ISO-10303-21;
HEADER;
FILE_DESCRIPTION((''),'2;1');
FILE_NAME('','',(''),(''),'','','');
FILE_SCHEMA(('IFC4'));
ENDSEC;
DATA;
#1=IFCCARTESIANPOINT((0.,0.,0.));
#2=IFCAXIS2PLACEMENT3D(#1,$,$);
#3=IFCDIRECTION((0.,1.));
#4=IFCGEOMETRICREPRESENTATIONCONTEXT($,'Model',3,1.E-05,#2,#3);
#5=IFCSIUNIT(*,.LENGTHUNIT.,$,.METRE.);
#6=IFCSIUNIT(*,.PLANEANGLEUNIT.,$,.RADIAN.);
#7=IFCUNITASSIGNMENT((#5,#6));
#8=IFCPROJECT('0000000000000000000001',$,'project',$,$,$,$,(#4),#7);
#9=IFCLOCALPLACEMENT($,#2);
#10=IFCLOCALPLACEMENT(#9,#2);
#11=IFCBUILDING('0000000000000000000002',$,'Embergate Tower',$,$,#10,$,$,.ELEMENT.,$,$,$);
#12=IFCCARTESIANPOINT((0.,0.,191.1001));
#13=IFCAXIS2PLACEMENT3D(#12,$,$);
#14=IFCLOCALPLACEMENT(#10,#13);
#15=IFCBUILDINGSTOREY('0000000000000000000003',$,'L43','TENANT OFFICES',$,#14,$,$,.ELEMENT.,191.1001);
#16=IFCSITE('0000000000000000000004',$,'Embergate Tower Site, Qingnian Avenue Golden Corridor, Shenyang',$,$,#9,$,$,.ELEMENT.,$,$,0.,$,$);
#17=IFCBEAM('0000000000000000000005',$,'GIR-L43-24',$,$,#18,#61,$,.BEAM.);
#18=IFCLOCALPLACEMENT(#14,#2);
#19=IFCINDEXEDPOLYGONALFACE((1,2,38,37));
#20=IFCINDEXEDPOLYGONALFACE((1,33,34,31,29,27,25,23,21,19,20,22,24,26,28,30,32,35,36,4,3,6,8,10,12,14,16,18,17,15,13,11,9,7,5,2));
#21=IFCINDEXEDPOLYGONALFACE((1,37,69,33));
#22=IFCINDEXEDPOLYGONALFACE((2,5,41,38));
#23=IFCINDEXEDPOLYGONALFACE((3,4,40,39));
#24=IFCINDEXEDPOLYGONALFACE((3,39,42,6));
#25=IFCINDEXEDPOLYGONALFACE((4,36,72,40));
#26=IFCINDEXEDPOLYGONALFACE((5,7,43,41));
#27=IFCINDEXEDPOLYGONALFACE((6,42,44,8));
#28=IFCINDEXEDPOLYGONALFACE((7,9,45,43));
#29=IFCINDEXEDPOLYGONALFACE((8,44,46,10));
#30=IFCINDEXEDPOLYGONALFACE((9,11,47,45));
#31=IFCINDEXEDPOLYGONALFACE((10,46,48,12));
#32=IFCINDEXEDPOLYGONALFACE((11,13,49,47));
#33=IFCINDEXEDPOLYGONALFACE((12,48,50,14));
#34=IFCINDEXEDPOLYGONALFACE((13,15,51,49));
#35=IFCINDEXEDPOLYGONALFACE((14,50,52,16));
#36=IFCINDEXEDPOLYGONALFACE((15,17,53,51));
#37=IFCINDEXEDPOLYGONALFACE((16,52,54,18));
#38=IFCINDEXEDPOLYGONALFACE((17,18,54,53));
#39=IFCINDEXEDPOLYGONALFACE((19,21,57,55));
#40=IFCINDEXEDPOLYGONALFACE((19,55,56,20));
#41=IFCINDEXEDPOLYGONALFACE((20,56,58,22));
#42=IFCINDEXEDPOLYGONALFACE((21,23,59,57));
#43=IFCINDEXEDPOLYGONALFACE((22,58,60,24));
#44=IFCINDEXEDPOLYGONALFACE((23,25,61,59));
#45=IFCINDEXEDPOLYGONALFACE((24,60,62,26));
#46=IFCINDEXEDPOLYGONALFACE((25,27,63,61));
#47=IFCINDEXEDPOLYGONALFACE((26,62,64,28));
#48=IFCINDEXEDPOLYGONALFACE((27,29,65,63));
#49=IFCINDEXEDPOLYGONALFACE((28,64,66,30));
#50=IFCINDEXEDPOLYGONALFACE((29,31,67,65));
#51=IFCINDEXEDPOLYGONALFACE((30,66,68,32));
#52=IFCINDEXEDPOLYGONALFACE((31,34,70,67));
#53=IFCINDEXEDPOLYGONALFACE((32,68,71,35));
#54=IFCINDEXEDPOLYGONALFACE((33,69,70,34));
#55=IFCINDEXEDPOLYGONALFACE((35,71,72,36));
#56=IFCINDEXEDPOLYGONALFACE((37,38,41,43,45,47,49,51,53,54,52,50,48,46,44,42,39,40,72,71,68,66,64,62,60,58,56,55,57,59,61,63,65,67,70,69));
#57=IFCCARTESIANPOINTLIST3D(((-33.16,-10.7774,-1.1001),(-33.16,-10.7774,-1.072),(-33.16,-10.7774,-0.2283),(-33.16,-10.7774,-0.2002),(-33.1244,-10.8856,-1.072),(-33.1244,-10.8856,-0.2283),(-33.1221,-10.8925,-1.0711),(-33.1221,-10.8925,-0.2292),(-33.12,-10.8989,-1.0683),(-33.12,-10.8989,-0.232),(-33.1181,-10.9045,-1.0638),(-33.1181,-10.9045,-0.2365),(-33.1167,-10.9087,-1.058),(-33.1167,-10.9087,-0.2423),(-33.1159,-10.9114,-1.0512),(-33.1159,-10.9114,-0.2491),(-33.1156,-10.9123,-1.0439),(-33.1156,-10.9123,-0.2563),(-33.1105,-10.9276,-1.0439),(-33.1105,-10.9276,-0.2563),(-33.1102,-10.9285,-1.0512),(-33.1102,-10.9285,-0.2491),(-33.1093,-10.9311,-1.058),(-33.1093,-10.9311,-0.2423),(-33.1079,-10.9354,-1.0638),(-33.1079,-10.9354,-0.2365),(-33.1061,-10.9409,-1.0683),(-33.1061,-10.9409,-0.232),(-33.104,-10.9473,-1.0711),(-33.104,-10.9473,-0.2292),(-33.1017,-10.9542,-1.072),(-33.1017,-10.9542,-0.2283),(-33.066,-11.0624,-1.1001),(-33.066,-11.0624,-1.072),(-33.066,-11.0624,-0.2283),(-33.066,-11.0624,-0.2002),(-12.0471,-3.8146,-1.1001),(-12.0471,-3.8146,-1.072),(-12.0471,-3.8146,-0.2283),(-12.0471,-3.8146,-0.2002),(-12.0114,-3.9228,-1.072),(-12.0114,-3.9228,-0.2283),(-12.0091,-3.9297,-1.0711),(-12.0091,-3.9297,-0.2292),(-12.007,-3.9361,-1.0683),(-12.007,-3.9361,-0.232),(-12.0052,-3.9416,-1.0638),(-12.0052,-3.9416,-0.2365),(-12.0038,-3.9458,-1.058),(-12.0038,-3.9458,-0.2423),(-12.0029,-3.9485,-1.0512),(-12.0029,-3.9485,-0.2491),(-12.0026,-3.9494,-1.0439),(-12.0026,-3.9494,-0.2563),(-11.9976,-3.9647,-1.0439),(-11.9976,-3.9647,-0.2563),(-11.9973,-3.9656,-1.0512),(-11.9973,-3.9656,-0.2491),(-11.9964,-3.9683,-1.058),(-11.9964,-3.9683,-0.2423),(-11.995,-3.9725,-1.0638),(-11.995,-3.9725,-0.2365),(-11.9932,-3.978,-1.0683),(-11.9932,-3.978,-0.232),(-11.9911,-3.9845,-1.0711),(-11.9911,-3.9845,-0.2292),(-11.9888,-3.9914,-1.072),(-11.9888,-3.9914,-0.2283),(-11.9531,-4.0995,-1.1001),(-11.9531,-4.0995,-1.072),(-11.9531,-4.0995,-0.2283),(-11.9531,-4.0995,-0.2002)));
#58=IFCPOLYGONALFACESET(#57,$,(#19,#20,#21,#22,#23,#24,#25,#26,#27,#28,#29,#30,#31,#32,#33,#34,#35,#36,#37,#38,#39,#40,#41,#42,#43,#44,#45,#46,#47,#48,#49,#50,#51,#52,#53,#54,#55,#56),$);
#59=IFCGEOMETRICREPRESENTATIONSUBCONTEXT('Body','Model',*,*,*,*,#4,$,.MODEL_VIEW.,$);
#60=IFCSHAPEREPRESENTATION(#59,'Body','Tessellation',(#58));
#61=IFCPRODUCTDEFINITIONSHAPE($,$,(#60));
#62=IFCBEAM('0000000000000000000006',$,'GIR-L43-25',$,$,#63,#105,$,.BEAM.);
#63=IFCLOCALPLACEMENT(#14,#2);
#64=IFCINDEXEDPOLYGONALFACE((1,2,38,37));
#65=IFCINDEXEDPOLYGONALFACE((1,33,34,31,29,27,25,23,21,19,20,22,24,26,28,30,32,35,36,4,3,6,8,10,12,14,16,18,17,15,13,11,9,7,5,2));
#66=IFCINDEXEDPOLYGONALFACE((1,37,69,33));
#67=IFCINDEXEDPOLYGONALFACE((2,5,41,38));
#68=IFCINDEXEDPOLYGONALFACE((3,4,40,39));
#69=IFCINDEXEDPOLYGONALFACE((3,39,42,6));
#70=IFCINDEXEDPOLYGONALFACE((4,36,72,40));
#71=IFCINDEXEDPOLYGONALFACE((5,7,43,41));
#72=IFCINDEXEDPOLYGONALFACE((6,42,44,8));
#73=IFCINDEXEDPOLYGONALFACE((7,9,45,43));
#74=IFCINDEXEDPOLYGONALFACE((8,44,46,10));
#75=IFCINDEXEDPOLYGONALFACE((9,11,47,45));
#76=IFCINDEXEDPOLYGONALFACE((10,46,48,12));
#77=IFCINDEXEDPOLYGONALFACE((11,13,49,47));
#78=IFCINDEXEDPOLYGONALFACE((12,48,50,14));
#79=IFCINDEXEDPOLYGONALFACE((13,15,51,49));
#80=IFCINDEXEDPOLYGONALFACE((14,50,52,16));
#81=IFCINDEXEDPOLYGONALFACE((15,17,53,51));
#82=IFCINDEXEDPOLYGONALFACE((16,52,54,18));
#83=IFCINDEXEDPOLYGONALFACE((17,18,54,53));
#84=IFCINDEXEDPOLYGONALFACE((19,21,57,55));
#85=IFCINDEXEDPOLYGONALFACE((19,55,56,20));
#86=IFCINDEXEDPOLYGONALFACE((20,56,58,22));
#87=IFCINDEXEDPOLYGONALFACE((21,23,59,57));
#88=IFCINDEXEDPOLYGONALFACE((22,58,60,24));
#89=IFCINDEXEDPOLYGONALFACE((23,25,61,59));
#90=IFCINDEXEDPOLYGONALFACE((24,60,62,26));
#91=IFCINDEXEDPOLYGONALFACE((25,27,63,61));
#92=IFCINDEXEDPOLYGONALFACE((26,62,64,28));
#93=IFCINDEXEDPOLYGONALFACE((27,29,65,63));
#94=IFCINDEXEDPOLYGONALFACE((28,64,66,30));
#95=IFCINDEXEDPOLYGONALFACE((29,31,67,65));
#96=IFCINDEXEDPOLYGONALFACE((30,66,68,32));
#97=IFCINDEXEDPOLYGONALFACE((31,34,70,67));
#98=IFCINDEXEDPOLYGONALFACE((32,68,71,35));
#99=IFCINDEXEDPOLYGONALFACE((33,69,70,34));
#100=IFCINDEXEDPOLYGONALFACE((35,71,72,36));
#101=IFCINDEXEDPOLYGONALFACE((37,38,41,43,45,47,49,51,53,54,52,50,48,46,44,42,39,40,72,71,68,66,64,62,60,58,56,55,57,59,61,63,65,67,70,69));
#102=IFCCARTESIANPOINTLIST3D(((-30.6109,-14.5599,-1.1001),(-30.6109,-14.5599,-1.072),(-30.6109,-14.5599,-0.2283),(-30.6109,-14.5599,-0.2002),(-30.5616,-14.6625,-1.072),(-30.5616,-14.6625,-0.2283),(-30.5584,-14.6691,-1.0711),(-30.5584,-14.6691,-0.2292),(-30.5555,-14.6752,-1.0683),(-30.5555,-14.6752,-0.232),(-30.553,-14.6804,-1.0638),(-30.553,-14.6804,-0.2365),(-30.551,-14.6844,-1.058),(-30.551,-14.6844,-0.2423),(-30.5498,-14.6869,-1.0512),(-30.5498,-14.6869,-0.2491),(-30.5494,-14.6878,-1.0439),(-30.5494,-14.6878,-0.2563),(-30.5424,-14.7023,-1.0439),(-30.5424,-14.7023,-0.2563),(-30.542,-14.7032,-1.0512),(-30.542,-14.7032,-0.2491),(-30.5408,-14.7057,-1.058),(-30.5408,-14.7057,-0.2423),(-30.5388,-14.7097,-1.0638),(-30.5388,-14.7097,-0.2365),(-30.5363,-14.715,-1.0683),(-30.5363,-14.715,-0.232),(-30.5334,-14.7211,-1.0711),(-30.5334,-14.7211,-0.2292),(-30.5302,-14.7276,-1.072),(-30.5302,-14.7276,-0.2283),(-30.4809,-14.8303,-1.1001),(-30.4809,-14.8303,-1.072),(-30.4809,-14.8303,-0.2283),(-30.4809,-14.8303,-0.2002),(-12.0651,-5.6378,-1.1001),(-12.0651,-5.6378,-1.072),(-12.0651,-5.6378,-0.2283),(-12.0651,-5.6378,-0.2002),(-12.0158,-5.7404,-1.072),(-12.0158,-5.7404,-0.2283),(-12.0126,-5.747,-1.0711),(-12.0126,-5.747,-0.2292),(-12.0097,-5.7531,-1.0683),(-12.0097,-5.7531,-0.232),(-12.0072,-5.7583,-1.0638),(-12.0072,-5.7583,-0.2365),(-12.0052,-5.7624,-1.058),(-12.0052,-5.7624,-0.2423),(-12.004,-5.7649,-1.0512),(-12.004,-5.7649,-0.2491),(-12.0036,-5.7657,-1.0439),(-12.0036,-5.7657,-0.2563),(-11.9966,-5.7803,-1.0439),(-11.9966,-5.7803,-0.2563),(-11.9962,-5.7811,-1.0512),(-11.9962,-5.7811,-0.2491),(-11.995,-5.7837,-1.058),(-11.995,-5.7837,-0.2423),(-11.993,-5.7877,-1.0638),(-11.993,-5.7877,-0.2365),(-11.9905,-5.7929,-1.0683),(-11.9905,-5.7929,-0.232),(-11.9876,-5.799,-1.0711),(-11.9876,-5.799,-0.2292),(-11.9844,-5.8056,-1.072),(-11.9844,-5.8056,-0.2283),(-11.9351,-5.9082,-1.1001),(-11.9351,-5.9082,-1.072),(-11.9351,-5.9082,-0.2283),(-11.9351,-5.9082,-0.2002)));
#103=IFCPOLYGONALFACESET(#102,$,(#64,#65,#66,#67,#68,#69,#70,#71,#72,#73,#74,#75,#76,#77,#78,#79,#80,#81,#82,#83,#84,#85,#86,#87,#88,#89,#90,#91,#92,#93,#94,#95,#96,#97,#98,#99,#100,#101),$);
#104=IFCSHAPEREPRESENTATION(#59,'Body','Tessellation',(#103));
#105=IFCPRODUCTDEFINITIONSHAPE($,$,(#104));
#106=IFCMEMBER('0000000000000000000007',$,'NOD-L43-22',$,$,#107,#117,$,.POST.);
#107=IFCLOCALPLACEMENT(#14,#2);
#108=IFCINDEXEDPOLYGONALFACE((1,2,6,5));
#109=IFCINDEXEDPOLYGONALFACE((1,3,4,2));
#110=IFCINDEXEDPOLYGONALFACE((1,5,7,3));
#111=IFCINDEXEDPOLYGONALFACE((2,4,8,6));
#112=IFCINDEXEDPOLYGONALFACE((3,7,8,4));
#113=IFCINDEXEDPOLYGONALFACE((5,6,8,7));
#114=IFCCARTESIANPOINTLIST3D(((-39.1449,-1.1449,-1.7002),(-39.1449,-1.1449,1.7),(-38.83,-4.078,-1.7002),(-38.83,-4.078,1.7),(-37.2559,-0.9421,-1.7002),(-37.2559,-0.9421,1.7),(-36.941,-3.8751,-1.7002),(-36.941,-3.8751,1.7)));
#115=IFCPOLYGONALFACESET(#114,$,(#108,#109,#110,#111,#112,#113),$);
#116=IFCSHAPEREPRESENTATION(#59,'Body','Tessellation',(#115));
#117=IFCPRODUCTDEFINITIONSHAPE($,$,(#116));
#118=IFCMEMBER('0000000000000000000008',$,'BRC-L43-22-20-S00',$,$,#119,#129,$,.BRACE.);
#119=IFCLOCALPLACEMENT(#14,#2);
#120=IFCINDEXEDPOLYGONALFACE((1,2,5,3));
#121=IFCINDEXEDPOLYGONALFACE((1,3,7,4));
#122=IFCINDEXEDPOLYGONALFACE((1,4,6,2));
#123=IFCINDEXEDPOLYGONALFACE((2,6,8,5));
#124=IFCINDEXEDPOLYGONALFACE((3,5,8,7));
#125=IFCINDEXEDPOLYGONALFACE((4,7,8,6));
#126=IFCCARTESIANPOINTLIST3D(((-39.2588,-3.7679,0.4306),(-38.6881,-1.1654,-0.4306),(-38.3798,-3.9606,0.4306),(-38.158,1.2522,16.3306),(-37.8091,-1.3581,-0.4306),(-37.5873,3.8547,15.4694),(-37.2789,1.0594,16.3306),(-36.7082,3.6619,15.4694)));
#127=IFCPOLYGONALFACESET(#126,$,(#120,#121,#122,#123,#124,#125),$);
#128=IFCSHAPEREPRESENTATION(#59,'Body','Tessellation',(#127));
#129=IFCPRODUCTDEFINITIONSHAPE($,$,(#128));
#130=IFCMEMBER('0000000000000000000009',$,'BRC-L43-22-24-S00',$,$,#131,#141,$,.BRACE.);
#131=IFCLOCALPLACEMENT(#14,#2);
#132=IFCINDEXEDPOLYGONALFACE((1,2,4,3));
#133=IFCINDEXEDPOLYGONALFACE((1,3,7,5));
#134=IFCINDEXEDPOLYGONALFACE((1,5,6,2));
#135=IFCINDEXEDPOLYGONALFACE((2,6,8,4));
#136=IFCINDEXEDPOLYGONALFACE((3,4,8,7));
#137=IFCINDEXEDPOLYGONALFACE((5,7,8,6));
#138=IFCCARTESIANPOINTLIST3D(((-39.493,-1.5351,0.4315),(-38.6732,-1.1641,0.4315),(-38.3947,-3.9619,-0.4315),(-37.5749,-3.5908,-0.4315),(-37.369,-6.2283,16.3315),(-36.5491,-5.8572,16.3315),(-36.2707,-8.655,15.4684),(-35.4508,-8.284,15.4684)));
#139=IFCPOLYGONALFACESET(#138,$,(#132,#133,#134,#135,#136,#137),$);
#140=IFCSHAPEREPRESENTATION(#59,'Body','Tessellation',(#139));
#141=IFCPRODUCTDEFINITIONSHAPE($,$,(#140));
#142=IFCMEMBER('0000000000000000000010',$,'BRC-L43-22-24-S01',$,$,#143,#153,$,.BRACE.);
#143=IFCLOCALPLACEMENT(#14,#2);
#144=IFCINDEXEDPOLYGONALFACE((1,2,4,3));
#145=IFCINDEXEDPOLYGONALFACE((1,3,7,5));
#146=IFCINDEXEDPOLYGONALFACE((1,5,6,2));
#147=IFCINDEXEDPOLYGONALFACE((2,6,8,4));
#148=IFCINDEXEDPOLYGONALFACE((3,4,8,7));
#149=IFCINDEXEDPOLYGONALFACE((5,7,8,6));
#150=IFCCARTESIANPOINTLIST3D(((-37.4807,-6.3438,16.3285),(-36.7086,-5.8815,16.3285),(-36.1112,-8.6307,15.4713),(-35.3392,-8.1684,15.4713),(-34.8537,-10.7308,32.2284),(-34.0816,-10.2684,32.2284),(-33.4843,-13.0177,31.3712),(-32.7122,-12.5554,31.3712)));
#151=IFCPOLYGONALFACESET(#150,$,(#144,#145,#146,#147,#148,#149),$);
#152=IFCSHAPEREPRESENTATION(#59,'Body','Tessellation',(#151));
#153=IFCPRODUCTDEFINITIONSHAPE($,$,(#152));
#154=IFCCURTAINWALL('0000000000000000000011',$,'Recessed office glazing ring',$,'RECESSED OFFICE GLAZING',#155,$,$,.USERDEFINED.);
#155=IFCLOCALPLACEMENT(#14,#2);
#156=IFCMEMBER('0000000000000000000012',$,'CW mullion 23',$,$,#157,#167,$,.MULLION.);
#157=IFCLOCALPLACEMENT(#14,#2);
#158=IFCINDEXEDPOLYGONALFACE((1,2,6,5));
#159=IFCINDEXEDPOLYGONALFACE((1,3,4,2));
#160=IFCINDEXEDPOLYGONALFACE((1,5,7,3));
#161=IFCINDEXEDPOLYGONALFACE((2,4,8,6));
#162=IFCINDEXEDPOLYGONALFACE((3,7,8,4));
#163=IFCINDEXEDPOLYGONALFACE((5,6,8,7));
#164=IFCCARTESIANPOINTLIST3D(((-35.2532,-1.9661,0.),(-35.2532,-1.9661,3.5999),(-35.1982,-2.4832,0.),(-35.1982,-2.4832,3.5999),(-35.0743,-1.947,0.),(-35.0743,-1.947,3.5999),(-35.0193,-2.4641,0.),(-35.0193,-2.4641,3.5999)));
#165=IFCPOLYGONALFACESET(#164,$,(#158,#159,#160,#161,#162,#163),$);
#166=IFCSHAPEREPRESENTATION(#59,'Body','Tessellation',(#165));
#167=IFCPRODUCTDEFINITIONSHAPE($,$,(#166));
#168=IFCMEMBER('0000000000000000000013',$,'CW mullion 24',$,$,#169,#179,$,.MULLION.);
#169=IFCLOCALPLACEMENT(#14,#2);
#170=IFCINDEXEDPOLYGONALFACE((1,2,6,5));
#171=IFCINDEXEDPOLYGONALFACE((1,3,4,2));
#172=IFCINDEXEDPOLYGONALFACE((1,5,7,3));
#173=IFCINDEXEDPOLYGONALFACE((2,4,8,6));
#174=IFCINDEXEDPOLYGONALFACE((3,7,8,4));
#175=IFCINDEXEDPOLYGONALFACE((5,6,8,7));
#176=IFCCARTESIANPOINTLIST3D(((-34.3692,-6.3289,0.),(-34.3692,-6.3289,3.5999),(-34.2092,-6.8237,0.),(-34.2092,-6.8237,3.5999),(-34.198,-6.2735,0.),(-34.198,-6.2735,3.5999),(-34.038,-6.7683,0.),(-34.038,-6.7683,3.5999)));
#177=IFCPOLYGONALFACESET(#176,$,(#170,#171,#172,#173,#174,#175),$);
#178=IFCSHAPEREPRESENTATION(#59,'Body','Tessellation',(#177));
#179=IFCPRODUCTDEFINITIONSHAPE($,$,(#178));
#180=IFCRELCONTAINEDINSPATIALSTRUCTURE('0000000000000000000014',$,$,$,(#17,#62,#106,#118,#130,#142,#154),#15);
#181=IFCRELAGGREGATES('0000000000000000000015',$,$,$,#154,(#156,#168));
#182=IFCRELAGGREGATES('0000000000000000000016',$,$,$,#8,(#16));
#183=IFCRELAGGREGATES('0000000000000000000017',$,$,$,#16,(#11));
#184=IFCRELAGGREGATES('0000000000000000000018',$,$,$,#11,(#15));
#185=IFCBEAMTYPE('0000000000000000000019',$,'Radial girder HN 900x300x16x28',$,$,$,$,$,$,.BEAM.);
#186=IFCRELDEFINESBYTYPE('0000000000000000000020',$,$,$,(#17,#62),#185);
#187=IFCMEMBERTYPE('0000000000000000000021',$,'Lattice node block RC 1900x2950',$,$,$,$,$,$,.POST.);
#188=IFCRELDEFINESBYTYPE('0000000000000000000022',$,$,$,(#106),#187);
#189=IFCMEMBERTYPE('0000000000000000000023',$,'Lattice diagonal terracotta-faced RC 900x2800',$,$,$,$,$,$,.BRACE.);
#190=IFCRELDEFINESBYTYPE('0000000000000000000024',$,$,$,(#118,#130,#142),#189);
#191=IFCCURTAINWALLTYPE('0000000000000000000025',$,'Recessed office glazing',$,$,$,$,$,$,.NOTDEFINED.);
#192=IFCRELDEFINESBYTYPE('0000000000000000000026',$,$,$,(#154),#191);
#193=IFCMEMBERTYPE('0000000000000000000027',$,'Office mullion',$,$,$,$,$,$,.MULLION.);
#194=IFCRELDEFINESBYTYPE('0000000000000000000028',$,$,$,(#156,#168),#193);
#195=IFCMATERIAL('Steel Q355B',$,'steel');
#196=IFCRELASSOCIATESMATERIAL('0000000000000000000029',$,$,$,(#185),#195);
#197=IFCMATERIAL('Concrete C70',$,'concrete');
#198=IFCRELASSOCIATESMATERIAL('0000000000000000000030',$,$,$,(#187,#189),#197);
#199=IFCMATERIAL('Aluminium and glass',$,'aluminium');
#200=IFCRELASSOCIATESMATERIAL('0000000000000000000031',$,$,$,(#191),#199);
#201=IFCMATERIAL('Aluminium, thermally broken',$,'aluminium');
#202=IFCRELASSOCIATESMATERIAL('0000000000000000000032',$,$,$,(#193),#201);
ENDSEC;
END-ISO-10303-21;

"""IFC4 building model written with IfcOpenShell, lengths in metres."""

from ifc_helpers import new_model, si_unit, direction, frame, origin, origin_2d, place, context, subcontext, project, spatial, rectangle, i_section, extrude, source, transform, mapped, material, material_profile, profile_set, type_object, element, aggregate, save


model = new_model("IFC4")

# Units and contexts
model_context = context("Model", 3, precision=1e-05, world=origin(), true_north=direction((0.0, 1.0)))
body_context = subcontext(model_context, "Body", "Model", "MODEL_VIEW")
ifc_project = project(units=[si_unit("LENGTHUNIT", "METRE"), si_unit("PLANEANGLEUNIT", "RADIAN")], contexts=[model_context])

# Site, building, storey
site_placement = place(None, origin())
site = spatial("IfcSite", under=ifc_project, at=site_placement, Name="Embergate Tower Site, Qingnian Avenue Golden Corridor, Shenyang", CompositionType="ELEMENT", RefElevation=0.0)
building_placement = place(site_placement, origin())
building = spatial("IfcBuilding", under=site, at=building_placement, Name="Embergate Tower", CompositionType="ELEMENT")
storey_placement = place(building_placement, frame((0.0, 0.0, 191.1001)))
storey = spatial("IfcBuildingStorey", under=building, at=storey_placement, Name="L43", Description="TENANT OFFICES", CompositionType="ELEMENT", Elevation=191.1001)

# Shared definitions
ifc_material_1 = material(Name="Concrete C70", Category="concrete")

# Beams
ifc_material_2 = material(Name="Steel Q355B", Category="steel")
ifc_material_profile_1 = material_profile(ifc_material_2, i_section(OverallWidth=0.3, OverallDepth=0.8999, WebThickness=0.0161, FlangeThickness=0.0281, FilletRadius=0.0281, at=origin_2d()), Name="HN 900x300x16x28")
ifc_profile_set_1 = profile_set([ifc_material_profile_1], Name="Steel Q355 grade B")
beam_type_1 = type_object("IfcBeamType", Name="Radial girder HN 900x300x16x28", PredefinedType="BEAM", material=ifc_profile_set_1)
shared_shape_1 = source(origin(), body_context, "Body", "SweptSolid", [
    extrude(i_section(OverallWidth=0.3, OverallDepth=0.8999, WebThickness=0.0161, FlangeThickness=0.0281, FilletRadius=0.0281, at=origin_2d()), origin(), (0.0, 0.0, 1.0), 22.2314),
])
beam_1_placement = place(storey_placement, frame((-33.113, -10.9199, -0.6501), z_axis=(0.949688, 0.313198, 0.0), x_axis=(-0.313198, 0.949688, 0.0)))
element("IfcBeam", 1, at=beam_1_placement, inside=storey, type_object=beam_type_1, Name="GIR-L43-24", PredefinedType="BEAM", context=body_context, shape_type="MappedRepresentation", body=[
    mapped(shared_shape_1, transform((0.0, 0.0, 0.0))),
])
shared_shape_2 = source(origin(), body_context, "Body", "SweptSolid", [
    extrude(i_section(OverallWidth=0.3, OverallDepth=0.8999, WebThickness=0.0161, FlangeThickness=0.0281, FilletRadius=0.0281, at=origin_2d()), origin(), (0.0, 0.0, 1.0), 20.5803),
])
beam_2_placement = place(storey_placement, frame((-30.5459, -14.6951, -0.6501), z_axis=(0.901142, 0.433524, 0.0), x_axis=(-0.433524, 0.901142, 0.0)))
element("IfcBeam", 2, at=beam_2_placement, inside=storey, type_object=beam_type_1, Name="GIR-L43-25", PredefinedType="BEAM", context=body_context, shape_type="MappedRepresentation", body=[
    mapped(shared_shape_2, transform((0.0, 0.0, 0.0))),
])

# Members
ifc_material_profile_2 = material_profile(ifc_material_1, rectangle(XDim=1.8999, YDim=2.95, at=origin_2d()), Name="RC 1900x2950")
ifc_profile_set_2 = profile_set([ifc_material_profile_2], Name="Concrete C70")
member_type_1 = type_object("IfcMemberType", Name="Lattice node block RC 1900x2950", PredefinedType="POST", material=ifc_profile_set_2)
shared_shape_3 = source(origin(), body_context, "Body", "SweptSolid", [
    extrude(rectangle(XDim=1.8999, YDim=2.95, at=origin_2d()), origin(), (0.0, 0.0, 1.0), 3.4001),
])
member_1_placement = place(storey_placement, frame((-38.043, -2.51, -1.7002), z_axis=(0.0, 0.0, 1.0), x_axis=(-0.994286, -0.10675, 0.0)))
element("IfcMember", 3, at=member_1_placement, inside=storey, type_object=member_type_1, Name="NOD-L43-22", PredefinedType="POST", context=body_context, shape_type="MappedRepresentation", body=[
    mapped(shared_shape_3, transform((0.0, 0.0, 0.0))),
])
ifc_material_profile_3 = material_profile(ifc_material_1, rectangle(XDim=0.8999, YDim=2.8, at=origin_2d()), Name="RC 900x2800")
ifc_profile_set_3 = profile_set([ifc_material_profile_3], Name="Concrete C70")
member_type_2 = type_object("IfcMemberType", Name="Lattice diagonal terracotta-faced RC 900x2800", PredefinedType="BRACE", material=ifc_profile_set_3)
shared_shape_4 = source(origin(), body_context, "Body", "SweptSolid", [
    extrude(rectangle(XDim=0.8999, YDim=2.8, at=origin_2d()), origin(), (0.0, 0.0, 1.0), 16.71),
])
member_2_placement = place(storey_placement, frame((-38.5339, -2.563, 0.0), z_axis=(0.065879, 0.300423, 0.951528), x_axis=(-0.97679, 0.214198, 0.0)))
element("IfcMember", 4, at=member_2_placement, inside=storey, type_object=member_type_2, Name="BRC-L43-22-20-S00", PredefinedType="BRACE", context=body_context, shape_type="MappedRepresentation", body=[
    mapped(shared_shape_4, transform((0.0, 0.0, 0.0))),
])
shared_shape_5 = source(origin(), body_context, "Body", "SweptSolid", [
    extrude(rectangle(XDim=0.8999, YDim=2.8, at=origin_2d()), origin(), (0.0, 0.0, 1.0), 16.7136),
])
member_3_placement = place(storey_placement, frame((-38.5339, -2.563, 0.0), z_axis=(0.127084, -0.280797, 0.951316), x_axis=(0.911039, 0.412321, 0.0)))
element("IfcMember", 5, at=member_3_placement, inside=storey, type_object=member_type_2, Name="BRC-L43-22-24-S00", PredefinedType="BRACE", context=body_context, shape_type="MappedRepresentation", body=[
    mapped(shared_shape_5, transform((0.0, 0.0, 0.0))),
])
shared_shape_6 = source(origin(), body_context, "Body", "SweptSolid", [
    extrude(rectangle(XDim=0.8999, YDim=2.8, at=origin_2d()), origin(), (0.0, 0.0, 1.0), 16.7019),
])
member_4_placement = place(storey_placement, frame((-36.4099, -7.2561, 15.8999), z_axis=(0.157285, -0.262663, 0.951982), x_axis=(0.857943, 0.513744, 0.0)))
element("IfcMember", 6, at=member_4_placement, inside=storey, type_object=member_type_2, Name="BRC-L43-22-24-S01", PredefinedType="BRACE", context=body_context, shape_type="MappedRepresentation", body=[
    mapped(shared_shape_6, transform((0.0, 0.0, 0.0))),
])

# Curtain wall, members
ifc_material_3 = material(Name="Aluminium and glass", Category="aluminium")
curtain_wall_type = type_object("IfcCurtainWallType", Name="Recessed office glazing", PredefinedType="NOTDEFINED", material=ifc_material_3)
curtain_wall_placement = place(storey_placement, origin())
curtain_wall = element("IfcCurtainWall", 7, at=curtain_wall_placement, inside=storey, type_object=curtain_wall_type, Name="Recessed office glazing ring", ObjectType="RECESSED OFFICE GLAZING", PredefinedType="USERDEFINED")
ifc_material_4 = material(Name="Aluminium, thermally broken", Category="aluminium")
ifc_material_profile_4 = material_profile(ifc_material_4, rectangle(XDim=0.1799, YDim=0.52, at=origin_2d()), Name="AL 520x180")
ifc_profile_set_4 = profile_set([ifc_material_profile_4], Name="Aluminium, thermally broken")
member_type_3 = type_object("IfcMemberType", Name="Office mullion", PredefinedType="MULLION", material=ifc_profile_set_4)
shared_shape_7 = source(origin(), body_context, "Body", "SweptSolid", [
    extrude(rectangle(XDim=0.1799, YDim=0.52, at=origin_2d()), origin(), (0.0, 0.0, 1.0), 3.5999),
])
member_5_placement = place(storey_placement, frame((-35.1362, -2.2151, 0.0), z_axis=(0.0, 0.0, 1.0), x_axis=(0.994385, 0.105825, 0.0)))
member_5 = element("IfcMember", 8, at=member_5_placement, type_object=member_type_3, Name="CW mullion 23", PredefinedType="MULLION", context=body_context, shape_type="MappedRepresentation", body=[
    mapped(shared_shape_7, transform((0.0, 0.0, 0.0))),
])
member_6_placement = place(storey_placement, frame((-34.2036, -6.5486, 0.0), z_axis=(0.0, 0.0, 1.0), x_axis=(0.951496, 0.307661, 0.0)))
member_6 = element("IfcMember", 9, at=member_6_placement, type_object=member_type_3, Name="CW mullion 24", PredefinedType="MULLION", context=body_context, shape_type="MappedRepresentation", body=[
    mapped(shared_shape_7, transform((0.0, 0.0, 0.0))),
])
aggregate(curtain_wall, [member_5, member_6])

save(model, "model.ifc")
